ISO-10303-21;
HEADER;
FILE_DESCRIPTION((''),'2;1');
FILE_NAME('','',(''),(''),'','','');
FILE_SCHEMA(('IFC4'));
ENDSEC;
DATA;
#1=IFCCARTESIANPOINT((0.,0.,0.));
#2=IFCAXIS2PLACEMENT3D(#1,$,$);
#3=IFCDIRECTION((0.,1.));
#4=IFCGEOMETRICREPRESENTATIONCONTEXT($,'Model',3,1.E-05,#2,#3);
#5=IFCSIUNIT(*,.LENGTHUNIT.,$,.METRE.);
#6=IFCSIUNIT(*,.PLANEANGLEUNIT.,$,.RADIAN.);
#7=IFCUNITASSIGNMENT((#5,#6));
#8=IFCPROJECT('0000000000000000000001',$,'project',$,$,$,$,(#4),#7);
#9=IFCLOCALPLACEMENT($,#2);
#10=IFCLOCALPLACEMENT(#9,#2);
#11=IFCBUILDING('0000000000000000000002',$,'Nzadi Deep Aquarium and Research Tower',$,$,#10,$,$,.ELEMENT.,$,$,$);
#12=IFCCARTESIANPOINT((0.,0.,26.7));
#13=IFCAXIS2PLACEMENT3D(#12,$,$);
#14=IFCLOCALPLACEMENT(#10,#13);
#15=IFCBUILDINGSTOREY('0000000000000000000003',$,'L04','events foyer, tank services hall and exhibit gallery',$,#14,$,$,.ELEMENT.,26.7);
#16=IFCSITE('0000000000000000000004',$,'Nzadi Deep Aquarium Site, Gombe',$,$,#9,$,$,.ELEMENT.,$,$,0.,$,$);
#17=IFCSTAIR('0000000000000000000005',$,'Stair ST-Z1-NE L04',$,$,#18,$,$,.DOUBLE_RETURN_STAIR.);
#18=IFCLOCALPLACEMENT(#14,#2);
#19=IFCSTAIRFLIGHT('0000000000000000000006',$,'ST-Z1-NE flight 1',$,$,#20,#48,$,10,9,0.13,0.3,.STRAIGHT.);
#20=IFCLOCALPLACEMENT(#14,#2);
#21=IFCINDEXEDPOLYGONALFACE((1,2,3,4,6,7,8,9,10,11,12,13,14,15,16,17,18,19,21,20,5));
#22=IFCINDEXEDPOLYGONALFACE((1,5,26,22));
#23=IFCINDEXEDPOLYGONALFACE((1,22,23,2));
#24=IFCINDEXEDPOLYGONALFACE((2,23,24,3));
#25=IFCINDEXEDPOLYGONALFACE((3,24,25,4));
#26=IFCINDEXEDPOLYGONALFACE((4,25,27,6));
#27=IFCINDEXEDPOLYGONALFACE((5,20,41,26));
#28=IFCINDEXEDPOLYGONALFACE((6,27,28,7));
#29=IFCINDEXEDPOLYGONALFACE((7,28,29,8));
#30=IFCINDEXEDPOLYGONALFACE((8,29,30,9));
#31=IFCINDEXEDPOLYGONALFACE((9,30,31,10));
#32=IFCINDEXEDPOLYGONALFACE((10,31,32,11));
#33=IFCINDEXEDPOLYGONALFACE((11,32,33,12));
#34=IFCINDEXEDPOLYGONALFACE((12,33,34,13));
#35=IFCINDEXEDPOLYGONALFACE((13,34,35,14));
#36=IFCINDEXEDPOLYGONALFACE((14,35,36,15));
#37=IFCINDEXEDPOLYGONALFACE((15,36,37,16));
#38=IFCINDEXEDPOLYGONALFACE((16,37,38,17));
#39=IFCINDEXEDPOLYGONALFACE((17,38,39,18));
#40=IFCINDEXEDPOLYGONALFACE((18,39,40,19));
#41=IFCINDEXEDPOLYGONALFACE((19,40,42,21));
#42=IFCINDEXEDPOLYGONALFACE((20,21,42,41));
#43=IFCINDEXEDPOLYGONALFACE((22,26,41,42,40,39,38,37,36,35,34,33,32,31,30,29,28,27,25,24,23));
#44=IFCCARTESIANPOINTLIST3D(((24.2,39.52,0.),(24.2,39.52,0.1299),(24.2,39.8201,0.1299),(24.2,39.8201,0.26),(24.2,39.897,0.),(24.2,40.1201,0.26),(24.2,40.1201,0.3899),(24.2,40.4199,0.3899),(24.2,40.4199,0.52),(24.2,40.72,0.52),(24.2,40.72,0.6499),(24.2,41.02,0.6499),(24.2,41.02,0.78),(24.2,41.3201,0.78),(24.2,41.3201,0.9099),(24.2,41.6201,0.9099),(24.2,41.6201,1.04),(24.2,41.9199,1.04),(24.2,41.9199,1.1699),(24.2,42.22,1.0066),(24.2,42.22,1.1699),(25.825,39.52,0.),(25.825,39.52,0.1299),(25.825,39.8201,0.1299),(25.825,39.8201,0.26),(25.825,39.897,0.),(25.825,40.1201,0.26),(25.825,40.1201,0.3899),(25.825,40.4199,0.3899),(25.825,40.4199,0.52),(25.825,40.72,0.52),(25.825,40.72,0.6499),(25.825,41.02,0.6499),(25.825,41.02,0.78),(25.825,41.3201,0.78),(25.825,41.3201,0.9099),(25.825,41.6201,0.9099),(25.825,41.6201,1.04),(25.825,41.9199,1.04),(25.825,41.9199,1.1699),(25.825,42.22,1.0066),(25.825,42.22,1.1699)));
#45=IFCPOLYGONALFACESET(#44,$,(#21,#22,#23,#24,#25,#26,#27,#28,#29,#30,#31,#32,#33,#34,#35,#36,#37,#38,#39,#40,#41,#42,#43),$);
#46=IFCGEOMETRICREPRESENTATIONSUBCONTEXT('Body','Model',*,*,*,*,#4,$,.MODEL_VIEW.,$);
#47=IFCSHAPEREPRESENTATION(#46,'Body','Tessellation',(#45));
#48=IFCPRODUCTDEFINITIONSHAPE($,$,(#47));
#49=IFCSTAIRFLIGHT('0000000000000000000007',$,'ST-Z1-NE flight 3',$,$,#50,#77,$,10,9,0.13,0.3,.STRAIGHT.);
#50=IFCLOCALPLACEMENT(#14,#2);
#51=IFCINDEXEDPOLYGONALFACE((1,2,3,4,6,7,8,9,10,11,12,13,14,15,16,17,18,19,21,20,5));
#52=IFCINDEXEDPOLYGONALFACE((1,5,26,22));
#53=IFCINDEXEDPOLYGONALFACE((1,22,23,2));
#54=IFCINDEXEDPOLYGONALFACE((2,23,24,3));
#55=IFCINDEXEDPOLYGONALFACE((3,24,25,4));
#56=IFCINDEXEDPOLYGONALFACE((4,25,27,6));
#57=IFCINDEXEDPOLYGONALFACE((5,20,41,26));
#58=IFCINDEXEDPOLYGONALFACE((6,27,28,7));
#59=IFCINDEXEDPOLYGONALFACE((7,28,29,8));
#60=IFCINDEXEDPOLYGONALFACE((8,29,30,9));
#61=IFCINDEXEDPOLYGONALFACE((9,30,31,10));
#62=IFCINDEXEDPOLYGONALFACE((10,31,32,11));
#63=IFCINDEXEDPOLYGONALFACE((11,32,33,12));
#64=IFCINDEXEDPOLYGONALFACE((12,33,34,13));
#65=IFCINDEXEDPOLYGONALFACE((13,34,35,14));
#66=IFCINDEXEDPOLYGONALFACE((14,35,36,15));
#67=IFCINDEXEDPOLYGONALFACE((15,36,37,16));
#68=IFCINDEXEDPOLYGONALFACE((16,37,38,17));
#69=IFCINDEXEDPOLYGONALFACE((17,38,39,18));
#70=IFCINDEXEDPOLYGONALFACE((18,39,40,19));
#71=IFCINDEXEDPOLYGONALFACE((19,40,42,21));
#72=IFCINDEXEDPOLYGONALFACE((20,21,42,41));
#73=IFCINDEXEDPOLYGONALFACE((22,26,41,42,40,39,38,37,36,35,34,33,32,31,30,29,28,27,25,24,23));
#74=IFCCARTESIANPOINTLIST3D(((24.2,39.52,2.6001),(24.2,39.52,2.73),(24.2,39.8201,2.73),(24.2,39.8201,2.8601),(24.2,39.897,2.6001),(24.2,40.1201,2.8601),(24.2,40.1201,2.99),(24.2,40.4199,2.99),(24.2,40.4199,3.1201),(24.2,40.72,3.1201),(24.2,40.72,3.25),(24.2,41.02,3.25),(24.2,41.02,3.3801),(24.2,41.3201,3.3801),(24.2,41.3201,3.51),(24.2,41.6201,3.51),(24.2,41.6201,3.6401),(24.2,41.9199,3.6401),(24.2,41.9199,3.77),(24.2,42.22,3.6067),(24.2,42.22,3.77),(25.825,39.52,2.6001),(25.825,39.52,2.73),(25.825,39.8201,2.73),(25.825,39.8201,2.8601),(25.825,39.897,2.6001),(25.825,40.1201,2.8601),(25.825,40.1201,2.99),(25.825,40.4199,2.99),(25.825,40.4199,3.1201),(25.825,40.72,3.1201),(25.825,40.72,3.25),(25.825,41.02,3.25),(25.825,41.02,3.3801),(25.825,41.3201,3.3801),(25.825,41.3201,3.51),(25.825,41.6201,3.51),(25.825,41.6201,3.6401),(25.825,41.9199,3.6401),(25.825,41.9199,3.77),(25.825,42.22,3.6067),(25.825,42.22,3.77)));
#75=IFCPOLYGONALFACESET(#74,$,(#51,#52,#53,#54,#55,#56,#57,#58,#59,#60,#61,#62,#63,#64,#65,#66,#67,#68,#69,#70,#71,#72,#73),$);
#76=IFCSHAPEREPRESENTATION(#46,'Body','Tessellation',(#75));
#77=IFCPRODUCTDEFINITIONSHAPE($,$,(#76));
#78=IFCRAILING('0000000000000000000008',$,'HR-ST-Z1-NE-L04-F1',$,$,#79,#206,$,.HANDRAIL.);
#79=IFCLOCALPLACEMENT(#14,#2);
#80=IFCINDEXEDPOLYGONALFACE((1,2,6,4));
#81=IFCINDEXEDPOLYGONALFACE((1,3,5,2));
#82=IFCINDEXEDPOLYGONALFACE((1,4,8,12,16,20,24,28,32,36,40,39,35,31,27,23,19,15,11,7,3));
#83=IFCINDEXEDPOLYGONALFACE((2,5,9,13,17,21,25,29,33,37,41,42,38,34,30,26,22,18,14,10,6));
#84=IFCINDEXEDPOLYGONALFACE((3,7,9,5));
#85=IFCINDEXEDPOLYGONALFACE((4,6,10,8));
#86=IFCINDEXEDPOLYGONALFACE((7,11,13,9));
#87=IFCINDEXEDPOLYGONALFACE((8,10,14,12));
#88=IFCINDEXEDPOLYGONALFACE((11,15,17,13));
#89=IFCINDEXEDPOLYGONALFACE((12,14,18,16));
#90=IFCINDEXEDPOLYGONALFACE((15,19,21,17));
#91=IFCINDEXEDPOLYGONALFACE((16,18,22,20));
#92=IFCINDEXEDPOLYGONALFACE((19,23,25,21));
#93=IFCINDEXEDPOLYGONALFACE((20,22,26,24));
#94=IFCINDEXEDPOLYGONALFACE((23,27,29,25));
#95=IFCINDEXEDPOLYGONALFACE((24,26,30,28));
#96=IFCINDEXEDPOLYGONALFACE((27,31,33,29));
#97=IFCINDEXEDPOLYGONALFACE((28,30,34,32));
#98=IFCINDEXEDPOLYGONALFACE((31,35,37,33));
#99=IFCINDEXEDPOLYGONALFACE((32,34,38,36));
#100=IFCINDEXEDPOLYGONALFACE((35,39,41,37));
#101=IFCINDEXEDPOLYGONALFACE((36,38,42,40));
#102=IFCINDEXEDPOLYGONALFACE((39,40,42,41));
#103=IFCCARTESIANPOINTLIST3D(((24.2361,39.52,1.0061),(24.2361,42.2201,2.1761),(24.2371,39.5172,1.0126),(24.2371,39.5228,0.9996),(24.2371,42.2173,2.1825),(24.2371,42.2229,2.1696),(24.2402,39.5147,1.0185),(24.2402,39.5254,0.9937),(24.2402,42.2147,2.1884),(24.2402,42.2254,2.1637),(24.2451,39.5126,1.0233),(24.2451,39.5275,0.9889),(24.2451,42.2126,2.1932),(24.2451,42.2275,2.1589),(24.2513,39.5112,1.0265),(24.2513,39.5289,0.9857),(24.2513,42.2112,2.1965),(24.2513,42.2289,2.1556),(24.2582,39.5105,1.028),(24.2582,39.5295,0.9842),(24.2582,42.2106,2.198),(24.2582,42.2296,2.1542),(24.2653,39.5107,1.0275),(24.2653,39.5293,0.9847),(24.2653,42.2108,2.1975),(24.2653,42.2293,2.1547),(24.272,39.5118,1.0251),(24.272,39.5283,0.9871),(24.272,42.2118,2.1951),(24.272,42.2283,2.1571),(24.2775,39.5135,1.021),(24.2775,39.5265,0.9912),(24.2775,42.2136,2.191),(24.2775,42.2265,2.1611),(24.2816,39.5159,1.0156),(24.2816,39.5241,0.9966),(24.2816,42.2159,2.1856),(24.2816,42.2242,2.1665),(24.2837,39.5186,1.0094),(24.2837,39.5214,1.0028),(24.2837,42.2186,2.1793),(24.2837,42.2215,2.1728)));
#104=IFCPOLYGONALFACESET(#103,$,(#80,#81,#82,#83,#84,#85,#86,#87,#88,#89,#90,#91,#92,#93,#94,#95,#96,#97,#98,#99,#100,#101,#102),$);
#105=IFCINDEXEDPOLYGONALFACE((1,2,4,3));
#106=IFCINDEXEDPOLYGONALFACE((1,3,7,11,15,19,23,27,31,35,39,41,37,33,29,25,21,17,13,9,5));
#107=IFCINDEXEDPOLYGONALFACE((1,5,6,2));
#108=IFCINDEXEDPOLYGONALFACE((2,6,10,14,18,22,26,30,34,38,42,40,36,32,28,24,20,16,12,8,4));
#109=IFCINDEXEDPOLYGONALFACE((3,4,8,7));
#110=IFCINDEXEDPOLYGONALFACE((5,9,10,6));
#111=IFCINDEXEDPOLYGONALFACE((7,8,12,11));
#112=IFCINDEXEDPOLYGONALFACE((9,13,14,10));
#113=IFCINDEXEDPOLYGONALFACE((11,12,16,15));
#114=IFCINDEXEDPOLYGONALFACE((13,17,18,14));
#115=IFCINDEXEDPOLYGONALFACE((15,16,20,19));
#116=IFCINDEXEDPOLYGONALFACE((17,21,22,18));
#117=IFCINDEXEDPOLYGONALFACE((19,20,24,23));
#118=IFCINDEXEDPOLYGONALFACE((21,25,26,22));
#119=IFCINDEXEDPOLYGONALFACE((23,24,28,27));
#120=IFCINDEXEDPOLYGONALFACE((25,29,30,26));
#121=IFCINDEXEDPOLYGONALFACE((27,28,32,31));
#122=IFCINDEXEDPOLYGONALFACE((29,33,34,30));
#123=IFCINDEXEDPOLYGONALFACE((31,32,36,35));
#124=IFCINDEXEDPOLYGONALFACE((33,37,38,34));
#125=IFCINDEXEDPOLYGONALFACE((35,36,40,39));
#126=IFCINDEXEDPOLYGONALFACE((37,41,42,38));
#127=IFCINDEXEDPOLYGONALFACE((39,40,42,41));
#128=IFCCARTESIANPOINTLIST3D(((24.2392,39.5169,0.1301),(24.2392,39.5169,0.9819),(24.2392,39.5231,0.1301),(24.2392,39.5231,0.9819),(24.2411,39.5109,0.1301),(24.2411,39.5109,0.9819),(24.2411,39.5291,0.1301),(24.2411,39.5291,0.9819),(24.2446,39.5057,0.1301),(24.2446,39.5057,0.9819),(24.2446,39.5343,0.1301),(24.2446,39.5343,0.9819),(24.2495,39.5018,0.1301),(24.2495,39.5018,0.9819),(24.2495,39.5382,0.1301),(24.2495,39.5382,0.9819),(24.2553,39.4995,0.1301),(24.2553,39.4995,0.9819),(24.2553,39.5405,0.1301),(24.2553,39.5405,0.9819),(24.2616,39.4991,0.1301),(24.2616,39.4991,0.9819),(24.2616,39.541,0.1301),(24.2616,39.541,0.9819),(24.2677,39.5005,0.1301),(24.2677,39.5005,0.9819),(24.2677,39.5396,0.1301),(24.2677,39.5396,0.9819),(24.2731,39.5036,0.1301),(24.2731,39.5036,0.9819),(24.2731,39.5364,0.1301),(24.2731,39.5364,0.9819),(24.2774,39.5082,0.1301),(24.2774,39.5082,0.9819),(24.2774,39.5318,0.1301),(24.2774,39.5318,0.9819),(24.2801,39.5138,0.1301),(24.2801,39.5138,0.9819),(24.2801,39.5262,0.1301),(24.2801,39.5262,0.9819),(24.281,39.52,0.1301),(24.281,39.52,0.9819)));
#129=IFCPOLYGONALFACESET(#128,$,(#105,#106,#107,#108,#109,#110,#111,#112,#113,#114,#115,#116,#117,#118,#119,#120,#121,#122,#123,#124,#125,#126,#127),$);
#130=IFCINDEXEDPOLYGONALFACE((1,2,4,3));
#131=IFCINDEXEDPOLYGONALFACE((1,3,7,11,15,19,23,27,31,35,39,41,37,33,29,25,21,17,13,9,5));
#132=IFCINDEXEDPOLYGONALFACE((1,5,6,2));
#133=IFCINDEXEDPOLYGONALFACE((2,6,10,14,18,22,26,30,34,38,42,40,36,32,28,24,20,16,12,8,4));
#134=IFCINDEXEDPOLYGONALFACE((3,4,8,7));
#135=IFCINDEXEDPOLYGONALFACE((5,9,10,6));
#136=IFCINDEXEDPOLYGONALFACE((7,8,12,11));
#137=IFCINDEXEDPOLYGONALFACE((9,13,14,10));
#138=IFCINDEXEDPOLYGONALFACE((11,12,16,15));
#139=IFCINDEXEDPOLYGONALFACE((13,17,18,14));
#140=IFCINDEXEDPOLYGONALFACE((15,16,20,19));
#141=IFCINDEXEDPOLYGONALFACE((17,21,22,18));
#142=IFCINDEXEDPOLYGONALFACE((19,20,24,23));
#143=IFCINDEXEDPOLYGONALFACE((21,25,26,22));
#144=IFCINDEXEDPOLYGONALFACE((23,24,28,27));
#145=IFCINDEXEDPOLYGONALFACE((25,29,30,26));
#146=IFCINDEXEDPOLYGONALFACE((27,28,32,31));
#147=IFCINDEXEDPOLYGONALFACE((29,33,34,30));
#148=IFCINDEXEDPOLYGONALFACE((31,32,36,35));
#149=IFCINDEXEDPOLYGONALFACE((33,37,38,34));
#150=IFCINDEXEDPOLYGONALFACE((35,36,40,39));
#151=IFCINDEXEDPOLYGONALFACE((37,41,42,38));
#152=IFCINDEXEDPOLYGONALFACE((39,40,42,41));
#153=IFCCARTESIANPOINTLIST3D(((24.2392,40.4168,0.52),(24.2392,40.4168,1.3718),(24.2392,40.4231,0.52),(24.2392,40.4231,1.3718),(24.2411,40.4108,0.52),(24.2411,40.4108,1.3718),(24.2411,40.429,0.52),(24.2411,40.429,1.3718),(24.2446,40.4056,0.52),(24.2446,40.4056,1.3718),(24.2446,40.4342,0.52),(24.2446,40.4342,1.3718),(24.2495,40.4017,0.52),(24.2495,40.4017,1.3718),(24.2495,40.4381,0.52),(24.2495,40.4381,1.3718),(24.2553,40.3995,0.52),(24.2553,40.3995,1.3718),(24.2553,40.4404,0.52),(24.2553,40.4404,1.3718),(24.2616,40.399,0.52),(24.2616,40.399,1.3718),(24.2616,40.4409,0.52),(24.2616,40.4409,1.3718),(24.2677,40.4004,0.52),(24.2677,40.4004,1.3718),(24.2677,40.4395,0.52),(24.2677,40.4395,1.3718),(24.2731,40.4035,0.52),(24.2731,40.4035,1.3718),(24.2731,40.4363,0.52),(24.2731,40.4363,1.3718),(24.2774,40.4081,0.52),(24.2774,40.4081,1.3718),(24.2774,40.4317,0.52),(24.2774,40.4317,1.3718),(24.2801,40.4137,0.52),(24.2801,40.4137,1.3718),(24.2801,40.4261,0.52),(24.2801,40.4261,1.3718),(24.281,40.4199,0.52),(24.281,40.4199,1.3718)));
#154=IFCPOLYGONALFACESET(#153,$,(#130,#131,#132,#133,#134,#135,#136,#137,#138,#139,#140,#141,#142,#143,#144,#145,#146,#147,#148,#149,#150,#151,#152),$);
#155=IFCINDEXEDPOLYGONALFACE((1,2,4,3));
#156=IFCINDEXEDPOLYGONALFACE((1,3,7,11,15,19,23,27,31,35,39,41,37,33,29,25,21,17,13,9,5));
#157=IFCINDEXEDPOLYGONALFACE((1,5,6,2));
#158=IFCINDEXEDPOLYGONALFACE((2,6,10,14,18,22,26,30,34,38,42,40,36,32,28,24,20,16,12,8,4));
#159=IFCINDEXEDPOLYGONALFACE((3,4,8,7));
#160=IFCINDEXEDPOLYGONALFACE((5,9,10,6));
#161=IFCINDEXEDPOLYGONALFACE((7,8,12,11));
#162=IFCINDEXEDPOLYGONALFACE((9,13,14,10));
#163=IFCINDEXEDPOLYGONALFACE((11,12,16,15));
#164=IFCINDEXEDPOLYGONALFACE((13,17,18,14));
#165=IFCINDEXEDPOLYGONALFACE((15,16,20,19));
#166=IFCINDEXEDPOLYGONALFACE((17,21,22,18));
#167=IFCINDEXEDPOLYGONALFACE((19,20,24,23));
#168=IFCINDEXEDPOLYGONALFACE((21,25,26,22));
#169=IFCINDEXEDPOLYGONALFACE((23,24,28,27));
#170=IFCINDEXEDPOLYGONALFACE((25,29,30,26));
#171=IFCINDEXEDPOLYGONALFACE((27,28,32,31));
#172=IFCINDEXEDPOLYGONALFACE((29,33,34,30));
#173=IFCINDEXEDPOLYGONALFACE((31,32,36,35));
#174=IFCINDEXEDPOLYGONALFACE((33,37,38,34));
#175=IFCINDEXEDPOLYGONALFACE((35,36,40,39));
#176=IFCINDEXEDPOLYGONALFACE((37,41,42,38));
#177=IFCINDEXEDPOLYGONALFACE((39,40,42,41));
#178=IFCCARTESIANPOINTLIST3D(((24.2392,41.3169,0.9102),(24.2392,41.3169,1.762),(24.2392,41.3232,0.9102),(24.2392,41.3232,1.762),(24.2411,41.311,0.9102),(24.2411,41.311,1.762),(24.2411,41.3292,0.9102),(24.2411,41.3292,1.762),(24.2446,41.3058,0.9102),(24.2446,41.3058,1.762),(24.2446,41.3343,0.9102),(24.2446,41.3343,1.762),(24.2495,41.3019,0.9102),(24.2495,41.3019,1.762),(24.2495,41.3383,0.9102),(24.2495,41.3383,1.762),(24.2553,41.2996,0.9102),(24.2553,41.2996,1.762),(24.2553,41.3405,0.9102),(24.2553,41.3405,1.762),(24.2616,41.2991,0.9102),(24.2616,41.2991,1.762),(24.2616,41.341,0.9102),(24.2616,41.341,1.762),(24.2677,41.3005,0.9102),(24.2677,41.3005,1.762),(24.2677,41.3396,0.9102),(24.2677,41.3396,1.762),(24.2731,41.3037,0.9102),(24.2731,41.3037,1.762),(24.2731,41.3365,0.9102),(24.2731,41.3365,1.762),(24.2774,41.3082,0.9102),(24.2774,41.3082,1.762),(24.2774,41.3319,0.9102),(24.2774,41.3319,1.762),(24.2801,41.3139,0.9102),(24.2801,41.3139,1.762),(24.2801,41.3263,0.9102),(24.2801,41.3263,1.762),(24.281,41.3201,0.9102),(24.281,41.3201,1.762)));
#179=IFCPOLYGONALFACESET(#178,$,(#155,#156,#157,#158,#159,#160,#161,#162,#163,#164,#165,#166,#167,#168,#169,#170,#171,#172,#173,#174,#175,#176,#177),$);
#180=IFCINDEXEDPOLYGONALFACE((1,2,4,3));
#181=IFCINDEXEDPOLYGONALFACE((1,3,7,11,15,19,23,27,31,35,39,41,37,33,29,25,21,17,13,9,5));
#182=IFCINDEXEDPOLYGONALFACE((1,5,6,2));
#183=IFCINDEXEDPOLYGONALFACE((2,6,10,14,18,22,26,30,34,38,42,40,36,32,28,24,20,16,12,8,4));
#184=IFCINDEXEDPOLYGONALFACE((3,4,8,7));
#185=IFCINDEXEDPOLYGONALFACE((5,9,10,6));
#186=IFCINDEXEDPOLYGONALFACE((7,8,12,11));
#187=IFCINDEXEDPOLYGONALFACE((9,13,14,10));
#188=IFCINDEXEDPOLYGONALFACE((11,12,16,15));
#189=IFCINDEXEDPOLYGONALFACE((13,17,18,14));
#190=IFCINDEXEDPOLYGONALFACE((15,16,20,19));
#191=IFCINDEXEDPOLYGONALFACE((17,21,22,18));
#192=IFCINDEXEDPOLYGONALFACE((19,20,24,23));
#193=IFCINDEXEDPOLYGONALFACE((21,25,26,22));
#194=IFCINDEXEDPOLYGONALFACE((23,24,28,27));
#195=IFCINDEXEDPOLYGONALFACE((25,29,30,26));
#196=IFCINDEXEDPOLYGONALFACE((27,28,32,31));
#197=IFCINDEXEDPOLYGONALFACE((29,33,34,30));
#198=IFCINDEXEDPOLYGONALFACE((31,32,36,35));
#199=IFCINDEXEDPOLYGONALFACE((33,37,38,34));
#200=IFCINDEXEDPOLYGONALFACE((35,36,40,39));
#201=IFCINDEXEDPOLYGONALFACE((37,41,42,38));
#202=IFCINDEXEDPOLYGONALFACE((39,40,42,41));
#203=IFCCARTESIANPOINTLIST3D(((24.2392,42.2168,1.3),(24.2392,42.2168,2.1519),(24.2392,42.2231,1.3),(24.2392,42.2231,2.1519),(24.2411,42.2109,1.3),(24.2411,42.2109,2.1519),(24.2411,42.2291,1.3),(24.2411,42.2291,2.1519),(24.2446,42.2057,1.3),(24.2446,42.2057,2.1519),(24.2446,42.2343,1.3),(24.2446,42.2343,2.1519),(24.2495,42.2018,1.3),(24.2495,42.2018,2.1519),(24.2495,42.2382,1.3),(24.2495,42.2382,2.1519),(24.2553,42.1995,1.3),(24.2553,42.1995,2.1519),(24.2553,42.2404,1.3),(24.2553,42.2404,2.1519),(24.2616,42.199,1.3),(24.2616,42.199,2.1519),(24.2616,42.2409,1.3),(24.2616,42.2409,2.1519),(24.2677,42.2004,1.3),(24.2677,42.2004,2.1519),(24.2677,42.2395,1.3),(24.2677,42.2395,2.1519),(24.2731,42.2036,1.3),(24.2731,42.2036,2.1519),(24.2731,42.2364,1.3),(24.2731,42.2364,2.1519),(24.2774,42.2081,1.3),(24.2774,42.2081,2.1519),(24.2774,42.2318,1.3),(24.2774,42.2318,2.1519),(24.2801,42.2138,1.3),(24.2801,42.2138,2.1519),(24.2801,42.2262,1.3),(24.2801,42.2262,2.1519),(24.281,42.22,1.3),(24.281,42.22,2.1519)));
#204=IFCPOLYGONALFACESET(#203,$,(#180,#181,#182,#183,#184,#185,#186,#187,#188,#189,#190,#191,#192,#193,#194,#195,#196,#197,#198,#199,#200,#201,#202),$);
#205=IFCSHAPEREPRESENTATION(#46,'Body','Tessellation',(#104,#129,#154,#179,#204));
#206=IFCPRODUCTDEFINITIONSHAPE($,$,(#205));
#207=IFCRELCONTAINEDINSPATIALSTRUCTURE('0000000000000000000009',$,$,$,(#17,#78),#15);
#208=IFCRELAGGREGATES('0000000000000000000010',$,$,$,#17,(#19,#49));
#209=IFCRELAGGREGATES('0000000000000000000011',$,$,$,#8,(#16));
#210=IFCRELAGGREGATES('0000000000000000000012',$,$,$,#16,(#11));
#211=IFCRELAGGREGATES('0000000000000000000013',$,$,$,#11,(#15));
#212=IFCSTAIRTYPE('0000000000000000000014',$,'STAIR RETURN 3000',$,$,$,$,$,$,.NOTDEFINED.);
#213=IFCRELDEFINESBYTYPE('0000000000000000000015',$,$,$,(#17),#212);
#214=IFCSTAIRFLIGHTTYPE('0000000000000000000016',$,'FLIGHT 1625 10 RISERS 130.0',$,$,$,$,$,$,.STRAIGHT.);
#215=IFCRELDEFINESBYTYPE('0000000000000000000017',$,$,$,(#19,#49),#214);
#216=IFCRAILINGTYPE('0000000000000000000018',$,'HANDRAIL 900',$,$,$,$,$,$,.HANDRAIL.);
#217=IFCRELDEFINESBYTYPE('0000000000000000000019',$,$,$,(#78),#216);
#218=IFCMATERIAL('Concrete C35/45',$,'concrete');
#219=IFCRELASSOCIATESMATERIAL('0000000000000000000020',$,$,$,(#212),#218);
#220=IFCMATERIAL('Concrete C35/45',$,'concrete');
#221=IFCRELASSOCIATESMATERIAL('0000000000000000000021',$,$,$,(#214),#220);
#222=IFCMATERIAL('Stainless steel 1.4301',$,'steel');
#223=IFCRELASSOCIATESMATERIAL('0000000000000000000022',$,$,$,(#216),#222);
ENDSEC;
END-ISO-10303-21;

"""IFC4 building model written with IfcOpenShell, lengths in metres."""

from ifc_helpers import new_model, si_unit, direction, frame, origin, origin_2d, place, context, subcontext, project, spatial, polyline, circle, outline, extrude, material, type_object, element, aggregate, save


model = new_model("IFC4")

# Units and contexts
model_context = context("Model", 3, precision=1e-05, world=origin(), true_north=direction((0.0, 1.0)))
body_context = subcontext(model_context, "Body", "Model", "MODEL_VIEW")
ifc_project = project(units=[si_unit("LENGTHUNIT", "METRE"), si_unit("PLANEANGLEUNIT", "RADIAN")], contexts=[model_context])

# Site, building, storey
site_placement = place(None, origin())
site = spatial("IfcSite", under=ifc_project, at=site_placement, Name="Nzadi Deep Aquarium Site, Gombe", CompositionType="ELEMENT", RefElevation=0.0)
building_placement = place(site_placement, origin())
building = spatial("IfcBuilding", under=site, at=building_placement, Name="Nzadi Deep Aquarium and Research Tower", CompositionType="ELEMENT")
storey_placement = place(building_placement, frame((0.0, 0.0, 26.7)))
storey = spatial("IfcBuildingStorey", under=building, at=storey_placement, Name="L04", Description="events foyer, tank services hall and exhibit gallery", CompositionType="ELEMENT", Elevation=26.7)

# Stair, stair flights
ifc_material_1 = material(Name="Concrete C35/45", Category="concrete")
stair_type = type_object("IfcStairType", Name="STAIR RETURN 3000", PredefinedType="NOTDEFINED", material=ifc_material_1)
stair_placement = place(storey_placement, origin())
stair = element("IfcStair", 1, at=stair_placement, inside=storey, type_object=stair_type, Name="Stair ST-Z1-NE L04", PredefinedType="DOUBLE_RETURN_STAIR")
ifc_material_2 = material(Name="Concrete C35/45", Category="concrete")
stair_flight_type = type_object("IfcStairFlightType", Name="FLIGHT 1625 10 RISERS 130.0", PredefinedType="STRAIGHT", material=ifc_material_2)
stair_flight_1_placement = place(storey_placement, frame((25.0125, 39.52, 0.0), z_axis=(0.0, 0.0, 1.0), x_axis=(0.0, 1.0, 0.0)))
stair_flight_1 = element("IfcStairFlight", 2, at=stair_flight_1_placement, type_object=stair_flight_type, Name="ST-Z1-NE flight 1", NumberOfRisers=10, NumberOfTreads=9, PredefinedType="STRAIGHT", RiserHeight=0.13, TreadLength=0.3, context=body_context, shape_type="SweptSolid", body=[
    extrude(outline(polyline([(0.0, 0.0), (0.0, 0.1299), (0.3, 0.1299), (0.3, 0.26), (0.6001, 0.26), (0.6001, 0.3899), (0.8999, 0.3899), (0.8999, 0.52), (1.2, 0.52), (1.2, 0.6499), (1.5, 0.6499), (1.5, 0.78), (1.8, 0.78), (1.8, 0.9099), (2.1001, 0.9099), (2.1001, 1.04), (2.3999, 1.04), (2.3999, 1.1699), (2.7, 1.1699), (2.7, 1.3), (2.7, 1.0066), (0.377, 0.0), (0.0, 0.0)])), frame((0.0, 0.8125, 0.0), z_axis=(0.0, -1.0, 0.0), x_axis=(1.0, 0.0, 0.0)), (0.0, 0.0, 1.0), 1.625),
])
stair_flight_2_placement = place(storey_placement, frame((25.0125, 39.52, 2.6001), z_axis=(0.0, 0.0, 1.0), x_axis=(0.0, 1.0, 0.0)))
stair_flight_2 = element("IfcStairFlight", 3, at=stair_flight_2_placement, type_object=stair_flight_type, Name="ST-Z1-NE flight 3", NumberOfRisers=10, NumberOfTreads=9, PredefinedType="STRAIGHT", RiserHeight=0.13, TreadLength=0.3, context=body_context, shape_type="SweptSolid", body=[
    extrude(outline(polyline([(0.0, 0.0), (0.0, 0.1299), (0.3, 0.1299), (0.3, 0.26), (0.6001, 0.26), (0.6001, 0.3899), (0.8999, 0.3899), (0.8999, 0.52), (1.2, 0.52), (1.2, 0.6499), (1.5, 0.6499), (1.5, 0.78), (1.8, 0.78), (1.8, 0.9099), (2.1001, 0.9099), (2.1001, 1.04), (2.3999, 1.04), (2.3999, 1.1699), (2.7, 1.1699), (2.7, 1.3), (2.7, 1.0066), (0.377, 0.0), (0.0, 0.0)])), frame((0.0, 0.8125, 0.0), z_axis=(0.0, -1.0, 0.0), x_axis=(1.0, 0.0, 0.0)), (0.0, 0.0, 1.0), 1.625),
])
aggregate(stair, [stair_flight_1, stair_flight_2])

# Railing
ifc_material_3 = material(Name="Stainless steel 1.4301", Category="steel")
railing_type = type_object("IfcRailingType", Name="HANDRAIL 900", PredefinedType="HANDRAIL", material=ifc_material_3)
railing_1_placement = place(storey_placement, frame((24.26, 39.52, 0.1301)))
element("IfcRailing", 4, at=railing_1_placement, inside=storey, type_object=railing_type, Name="HR-ST-Z1-NE-L04-F1", PredefinedType="HANDRAIL", context=body_context, shape_type="SweptSolid", body=[
    extrude(circle(Radius=0.0239, at=origin_2d()), frame((0.0, 0.0, 0.876), z_axis=(0.0, 0.917563, 0.397591), x_axis=(-1.0, 0.0, 0.0)), (0.0, 0.0, 1.0), 2.9426),
    extrude(circle(Radius=0.021, at=origin_2d()), origin(), (0.0, 0.0, 1.0), 0.8518),
    extrude(circle(Radius=0.021, at=origin_2d()), frame((0.0, 0.8999, 0.3899)), (0.0, 0.0, 1.0), 0.8518),
    extrude(circle(Radius=0.021, at=origin_2d()), frame((0.0, 1.8, 0.78)), (0.0, 0.0, 1.0), 0.8518),
    extrude(circle(Radius=0.021, at=origin_2d()), frame((0.0, 2.7, 1.1699)), (0.0, 0.0, 1.0), 0.8518),
])

save(model, "model.ifc")
